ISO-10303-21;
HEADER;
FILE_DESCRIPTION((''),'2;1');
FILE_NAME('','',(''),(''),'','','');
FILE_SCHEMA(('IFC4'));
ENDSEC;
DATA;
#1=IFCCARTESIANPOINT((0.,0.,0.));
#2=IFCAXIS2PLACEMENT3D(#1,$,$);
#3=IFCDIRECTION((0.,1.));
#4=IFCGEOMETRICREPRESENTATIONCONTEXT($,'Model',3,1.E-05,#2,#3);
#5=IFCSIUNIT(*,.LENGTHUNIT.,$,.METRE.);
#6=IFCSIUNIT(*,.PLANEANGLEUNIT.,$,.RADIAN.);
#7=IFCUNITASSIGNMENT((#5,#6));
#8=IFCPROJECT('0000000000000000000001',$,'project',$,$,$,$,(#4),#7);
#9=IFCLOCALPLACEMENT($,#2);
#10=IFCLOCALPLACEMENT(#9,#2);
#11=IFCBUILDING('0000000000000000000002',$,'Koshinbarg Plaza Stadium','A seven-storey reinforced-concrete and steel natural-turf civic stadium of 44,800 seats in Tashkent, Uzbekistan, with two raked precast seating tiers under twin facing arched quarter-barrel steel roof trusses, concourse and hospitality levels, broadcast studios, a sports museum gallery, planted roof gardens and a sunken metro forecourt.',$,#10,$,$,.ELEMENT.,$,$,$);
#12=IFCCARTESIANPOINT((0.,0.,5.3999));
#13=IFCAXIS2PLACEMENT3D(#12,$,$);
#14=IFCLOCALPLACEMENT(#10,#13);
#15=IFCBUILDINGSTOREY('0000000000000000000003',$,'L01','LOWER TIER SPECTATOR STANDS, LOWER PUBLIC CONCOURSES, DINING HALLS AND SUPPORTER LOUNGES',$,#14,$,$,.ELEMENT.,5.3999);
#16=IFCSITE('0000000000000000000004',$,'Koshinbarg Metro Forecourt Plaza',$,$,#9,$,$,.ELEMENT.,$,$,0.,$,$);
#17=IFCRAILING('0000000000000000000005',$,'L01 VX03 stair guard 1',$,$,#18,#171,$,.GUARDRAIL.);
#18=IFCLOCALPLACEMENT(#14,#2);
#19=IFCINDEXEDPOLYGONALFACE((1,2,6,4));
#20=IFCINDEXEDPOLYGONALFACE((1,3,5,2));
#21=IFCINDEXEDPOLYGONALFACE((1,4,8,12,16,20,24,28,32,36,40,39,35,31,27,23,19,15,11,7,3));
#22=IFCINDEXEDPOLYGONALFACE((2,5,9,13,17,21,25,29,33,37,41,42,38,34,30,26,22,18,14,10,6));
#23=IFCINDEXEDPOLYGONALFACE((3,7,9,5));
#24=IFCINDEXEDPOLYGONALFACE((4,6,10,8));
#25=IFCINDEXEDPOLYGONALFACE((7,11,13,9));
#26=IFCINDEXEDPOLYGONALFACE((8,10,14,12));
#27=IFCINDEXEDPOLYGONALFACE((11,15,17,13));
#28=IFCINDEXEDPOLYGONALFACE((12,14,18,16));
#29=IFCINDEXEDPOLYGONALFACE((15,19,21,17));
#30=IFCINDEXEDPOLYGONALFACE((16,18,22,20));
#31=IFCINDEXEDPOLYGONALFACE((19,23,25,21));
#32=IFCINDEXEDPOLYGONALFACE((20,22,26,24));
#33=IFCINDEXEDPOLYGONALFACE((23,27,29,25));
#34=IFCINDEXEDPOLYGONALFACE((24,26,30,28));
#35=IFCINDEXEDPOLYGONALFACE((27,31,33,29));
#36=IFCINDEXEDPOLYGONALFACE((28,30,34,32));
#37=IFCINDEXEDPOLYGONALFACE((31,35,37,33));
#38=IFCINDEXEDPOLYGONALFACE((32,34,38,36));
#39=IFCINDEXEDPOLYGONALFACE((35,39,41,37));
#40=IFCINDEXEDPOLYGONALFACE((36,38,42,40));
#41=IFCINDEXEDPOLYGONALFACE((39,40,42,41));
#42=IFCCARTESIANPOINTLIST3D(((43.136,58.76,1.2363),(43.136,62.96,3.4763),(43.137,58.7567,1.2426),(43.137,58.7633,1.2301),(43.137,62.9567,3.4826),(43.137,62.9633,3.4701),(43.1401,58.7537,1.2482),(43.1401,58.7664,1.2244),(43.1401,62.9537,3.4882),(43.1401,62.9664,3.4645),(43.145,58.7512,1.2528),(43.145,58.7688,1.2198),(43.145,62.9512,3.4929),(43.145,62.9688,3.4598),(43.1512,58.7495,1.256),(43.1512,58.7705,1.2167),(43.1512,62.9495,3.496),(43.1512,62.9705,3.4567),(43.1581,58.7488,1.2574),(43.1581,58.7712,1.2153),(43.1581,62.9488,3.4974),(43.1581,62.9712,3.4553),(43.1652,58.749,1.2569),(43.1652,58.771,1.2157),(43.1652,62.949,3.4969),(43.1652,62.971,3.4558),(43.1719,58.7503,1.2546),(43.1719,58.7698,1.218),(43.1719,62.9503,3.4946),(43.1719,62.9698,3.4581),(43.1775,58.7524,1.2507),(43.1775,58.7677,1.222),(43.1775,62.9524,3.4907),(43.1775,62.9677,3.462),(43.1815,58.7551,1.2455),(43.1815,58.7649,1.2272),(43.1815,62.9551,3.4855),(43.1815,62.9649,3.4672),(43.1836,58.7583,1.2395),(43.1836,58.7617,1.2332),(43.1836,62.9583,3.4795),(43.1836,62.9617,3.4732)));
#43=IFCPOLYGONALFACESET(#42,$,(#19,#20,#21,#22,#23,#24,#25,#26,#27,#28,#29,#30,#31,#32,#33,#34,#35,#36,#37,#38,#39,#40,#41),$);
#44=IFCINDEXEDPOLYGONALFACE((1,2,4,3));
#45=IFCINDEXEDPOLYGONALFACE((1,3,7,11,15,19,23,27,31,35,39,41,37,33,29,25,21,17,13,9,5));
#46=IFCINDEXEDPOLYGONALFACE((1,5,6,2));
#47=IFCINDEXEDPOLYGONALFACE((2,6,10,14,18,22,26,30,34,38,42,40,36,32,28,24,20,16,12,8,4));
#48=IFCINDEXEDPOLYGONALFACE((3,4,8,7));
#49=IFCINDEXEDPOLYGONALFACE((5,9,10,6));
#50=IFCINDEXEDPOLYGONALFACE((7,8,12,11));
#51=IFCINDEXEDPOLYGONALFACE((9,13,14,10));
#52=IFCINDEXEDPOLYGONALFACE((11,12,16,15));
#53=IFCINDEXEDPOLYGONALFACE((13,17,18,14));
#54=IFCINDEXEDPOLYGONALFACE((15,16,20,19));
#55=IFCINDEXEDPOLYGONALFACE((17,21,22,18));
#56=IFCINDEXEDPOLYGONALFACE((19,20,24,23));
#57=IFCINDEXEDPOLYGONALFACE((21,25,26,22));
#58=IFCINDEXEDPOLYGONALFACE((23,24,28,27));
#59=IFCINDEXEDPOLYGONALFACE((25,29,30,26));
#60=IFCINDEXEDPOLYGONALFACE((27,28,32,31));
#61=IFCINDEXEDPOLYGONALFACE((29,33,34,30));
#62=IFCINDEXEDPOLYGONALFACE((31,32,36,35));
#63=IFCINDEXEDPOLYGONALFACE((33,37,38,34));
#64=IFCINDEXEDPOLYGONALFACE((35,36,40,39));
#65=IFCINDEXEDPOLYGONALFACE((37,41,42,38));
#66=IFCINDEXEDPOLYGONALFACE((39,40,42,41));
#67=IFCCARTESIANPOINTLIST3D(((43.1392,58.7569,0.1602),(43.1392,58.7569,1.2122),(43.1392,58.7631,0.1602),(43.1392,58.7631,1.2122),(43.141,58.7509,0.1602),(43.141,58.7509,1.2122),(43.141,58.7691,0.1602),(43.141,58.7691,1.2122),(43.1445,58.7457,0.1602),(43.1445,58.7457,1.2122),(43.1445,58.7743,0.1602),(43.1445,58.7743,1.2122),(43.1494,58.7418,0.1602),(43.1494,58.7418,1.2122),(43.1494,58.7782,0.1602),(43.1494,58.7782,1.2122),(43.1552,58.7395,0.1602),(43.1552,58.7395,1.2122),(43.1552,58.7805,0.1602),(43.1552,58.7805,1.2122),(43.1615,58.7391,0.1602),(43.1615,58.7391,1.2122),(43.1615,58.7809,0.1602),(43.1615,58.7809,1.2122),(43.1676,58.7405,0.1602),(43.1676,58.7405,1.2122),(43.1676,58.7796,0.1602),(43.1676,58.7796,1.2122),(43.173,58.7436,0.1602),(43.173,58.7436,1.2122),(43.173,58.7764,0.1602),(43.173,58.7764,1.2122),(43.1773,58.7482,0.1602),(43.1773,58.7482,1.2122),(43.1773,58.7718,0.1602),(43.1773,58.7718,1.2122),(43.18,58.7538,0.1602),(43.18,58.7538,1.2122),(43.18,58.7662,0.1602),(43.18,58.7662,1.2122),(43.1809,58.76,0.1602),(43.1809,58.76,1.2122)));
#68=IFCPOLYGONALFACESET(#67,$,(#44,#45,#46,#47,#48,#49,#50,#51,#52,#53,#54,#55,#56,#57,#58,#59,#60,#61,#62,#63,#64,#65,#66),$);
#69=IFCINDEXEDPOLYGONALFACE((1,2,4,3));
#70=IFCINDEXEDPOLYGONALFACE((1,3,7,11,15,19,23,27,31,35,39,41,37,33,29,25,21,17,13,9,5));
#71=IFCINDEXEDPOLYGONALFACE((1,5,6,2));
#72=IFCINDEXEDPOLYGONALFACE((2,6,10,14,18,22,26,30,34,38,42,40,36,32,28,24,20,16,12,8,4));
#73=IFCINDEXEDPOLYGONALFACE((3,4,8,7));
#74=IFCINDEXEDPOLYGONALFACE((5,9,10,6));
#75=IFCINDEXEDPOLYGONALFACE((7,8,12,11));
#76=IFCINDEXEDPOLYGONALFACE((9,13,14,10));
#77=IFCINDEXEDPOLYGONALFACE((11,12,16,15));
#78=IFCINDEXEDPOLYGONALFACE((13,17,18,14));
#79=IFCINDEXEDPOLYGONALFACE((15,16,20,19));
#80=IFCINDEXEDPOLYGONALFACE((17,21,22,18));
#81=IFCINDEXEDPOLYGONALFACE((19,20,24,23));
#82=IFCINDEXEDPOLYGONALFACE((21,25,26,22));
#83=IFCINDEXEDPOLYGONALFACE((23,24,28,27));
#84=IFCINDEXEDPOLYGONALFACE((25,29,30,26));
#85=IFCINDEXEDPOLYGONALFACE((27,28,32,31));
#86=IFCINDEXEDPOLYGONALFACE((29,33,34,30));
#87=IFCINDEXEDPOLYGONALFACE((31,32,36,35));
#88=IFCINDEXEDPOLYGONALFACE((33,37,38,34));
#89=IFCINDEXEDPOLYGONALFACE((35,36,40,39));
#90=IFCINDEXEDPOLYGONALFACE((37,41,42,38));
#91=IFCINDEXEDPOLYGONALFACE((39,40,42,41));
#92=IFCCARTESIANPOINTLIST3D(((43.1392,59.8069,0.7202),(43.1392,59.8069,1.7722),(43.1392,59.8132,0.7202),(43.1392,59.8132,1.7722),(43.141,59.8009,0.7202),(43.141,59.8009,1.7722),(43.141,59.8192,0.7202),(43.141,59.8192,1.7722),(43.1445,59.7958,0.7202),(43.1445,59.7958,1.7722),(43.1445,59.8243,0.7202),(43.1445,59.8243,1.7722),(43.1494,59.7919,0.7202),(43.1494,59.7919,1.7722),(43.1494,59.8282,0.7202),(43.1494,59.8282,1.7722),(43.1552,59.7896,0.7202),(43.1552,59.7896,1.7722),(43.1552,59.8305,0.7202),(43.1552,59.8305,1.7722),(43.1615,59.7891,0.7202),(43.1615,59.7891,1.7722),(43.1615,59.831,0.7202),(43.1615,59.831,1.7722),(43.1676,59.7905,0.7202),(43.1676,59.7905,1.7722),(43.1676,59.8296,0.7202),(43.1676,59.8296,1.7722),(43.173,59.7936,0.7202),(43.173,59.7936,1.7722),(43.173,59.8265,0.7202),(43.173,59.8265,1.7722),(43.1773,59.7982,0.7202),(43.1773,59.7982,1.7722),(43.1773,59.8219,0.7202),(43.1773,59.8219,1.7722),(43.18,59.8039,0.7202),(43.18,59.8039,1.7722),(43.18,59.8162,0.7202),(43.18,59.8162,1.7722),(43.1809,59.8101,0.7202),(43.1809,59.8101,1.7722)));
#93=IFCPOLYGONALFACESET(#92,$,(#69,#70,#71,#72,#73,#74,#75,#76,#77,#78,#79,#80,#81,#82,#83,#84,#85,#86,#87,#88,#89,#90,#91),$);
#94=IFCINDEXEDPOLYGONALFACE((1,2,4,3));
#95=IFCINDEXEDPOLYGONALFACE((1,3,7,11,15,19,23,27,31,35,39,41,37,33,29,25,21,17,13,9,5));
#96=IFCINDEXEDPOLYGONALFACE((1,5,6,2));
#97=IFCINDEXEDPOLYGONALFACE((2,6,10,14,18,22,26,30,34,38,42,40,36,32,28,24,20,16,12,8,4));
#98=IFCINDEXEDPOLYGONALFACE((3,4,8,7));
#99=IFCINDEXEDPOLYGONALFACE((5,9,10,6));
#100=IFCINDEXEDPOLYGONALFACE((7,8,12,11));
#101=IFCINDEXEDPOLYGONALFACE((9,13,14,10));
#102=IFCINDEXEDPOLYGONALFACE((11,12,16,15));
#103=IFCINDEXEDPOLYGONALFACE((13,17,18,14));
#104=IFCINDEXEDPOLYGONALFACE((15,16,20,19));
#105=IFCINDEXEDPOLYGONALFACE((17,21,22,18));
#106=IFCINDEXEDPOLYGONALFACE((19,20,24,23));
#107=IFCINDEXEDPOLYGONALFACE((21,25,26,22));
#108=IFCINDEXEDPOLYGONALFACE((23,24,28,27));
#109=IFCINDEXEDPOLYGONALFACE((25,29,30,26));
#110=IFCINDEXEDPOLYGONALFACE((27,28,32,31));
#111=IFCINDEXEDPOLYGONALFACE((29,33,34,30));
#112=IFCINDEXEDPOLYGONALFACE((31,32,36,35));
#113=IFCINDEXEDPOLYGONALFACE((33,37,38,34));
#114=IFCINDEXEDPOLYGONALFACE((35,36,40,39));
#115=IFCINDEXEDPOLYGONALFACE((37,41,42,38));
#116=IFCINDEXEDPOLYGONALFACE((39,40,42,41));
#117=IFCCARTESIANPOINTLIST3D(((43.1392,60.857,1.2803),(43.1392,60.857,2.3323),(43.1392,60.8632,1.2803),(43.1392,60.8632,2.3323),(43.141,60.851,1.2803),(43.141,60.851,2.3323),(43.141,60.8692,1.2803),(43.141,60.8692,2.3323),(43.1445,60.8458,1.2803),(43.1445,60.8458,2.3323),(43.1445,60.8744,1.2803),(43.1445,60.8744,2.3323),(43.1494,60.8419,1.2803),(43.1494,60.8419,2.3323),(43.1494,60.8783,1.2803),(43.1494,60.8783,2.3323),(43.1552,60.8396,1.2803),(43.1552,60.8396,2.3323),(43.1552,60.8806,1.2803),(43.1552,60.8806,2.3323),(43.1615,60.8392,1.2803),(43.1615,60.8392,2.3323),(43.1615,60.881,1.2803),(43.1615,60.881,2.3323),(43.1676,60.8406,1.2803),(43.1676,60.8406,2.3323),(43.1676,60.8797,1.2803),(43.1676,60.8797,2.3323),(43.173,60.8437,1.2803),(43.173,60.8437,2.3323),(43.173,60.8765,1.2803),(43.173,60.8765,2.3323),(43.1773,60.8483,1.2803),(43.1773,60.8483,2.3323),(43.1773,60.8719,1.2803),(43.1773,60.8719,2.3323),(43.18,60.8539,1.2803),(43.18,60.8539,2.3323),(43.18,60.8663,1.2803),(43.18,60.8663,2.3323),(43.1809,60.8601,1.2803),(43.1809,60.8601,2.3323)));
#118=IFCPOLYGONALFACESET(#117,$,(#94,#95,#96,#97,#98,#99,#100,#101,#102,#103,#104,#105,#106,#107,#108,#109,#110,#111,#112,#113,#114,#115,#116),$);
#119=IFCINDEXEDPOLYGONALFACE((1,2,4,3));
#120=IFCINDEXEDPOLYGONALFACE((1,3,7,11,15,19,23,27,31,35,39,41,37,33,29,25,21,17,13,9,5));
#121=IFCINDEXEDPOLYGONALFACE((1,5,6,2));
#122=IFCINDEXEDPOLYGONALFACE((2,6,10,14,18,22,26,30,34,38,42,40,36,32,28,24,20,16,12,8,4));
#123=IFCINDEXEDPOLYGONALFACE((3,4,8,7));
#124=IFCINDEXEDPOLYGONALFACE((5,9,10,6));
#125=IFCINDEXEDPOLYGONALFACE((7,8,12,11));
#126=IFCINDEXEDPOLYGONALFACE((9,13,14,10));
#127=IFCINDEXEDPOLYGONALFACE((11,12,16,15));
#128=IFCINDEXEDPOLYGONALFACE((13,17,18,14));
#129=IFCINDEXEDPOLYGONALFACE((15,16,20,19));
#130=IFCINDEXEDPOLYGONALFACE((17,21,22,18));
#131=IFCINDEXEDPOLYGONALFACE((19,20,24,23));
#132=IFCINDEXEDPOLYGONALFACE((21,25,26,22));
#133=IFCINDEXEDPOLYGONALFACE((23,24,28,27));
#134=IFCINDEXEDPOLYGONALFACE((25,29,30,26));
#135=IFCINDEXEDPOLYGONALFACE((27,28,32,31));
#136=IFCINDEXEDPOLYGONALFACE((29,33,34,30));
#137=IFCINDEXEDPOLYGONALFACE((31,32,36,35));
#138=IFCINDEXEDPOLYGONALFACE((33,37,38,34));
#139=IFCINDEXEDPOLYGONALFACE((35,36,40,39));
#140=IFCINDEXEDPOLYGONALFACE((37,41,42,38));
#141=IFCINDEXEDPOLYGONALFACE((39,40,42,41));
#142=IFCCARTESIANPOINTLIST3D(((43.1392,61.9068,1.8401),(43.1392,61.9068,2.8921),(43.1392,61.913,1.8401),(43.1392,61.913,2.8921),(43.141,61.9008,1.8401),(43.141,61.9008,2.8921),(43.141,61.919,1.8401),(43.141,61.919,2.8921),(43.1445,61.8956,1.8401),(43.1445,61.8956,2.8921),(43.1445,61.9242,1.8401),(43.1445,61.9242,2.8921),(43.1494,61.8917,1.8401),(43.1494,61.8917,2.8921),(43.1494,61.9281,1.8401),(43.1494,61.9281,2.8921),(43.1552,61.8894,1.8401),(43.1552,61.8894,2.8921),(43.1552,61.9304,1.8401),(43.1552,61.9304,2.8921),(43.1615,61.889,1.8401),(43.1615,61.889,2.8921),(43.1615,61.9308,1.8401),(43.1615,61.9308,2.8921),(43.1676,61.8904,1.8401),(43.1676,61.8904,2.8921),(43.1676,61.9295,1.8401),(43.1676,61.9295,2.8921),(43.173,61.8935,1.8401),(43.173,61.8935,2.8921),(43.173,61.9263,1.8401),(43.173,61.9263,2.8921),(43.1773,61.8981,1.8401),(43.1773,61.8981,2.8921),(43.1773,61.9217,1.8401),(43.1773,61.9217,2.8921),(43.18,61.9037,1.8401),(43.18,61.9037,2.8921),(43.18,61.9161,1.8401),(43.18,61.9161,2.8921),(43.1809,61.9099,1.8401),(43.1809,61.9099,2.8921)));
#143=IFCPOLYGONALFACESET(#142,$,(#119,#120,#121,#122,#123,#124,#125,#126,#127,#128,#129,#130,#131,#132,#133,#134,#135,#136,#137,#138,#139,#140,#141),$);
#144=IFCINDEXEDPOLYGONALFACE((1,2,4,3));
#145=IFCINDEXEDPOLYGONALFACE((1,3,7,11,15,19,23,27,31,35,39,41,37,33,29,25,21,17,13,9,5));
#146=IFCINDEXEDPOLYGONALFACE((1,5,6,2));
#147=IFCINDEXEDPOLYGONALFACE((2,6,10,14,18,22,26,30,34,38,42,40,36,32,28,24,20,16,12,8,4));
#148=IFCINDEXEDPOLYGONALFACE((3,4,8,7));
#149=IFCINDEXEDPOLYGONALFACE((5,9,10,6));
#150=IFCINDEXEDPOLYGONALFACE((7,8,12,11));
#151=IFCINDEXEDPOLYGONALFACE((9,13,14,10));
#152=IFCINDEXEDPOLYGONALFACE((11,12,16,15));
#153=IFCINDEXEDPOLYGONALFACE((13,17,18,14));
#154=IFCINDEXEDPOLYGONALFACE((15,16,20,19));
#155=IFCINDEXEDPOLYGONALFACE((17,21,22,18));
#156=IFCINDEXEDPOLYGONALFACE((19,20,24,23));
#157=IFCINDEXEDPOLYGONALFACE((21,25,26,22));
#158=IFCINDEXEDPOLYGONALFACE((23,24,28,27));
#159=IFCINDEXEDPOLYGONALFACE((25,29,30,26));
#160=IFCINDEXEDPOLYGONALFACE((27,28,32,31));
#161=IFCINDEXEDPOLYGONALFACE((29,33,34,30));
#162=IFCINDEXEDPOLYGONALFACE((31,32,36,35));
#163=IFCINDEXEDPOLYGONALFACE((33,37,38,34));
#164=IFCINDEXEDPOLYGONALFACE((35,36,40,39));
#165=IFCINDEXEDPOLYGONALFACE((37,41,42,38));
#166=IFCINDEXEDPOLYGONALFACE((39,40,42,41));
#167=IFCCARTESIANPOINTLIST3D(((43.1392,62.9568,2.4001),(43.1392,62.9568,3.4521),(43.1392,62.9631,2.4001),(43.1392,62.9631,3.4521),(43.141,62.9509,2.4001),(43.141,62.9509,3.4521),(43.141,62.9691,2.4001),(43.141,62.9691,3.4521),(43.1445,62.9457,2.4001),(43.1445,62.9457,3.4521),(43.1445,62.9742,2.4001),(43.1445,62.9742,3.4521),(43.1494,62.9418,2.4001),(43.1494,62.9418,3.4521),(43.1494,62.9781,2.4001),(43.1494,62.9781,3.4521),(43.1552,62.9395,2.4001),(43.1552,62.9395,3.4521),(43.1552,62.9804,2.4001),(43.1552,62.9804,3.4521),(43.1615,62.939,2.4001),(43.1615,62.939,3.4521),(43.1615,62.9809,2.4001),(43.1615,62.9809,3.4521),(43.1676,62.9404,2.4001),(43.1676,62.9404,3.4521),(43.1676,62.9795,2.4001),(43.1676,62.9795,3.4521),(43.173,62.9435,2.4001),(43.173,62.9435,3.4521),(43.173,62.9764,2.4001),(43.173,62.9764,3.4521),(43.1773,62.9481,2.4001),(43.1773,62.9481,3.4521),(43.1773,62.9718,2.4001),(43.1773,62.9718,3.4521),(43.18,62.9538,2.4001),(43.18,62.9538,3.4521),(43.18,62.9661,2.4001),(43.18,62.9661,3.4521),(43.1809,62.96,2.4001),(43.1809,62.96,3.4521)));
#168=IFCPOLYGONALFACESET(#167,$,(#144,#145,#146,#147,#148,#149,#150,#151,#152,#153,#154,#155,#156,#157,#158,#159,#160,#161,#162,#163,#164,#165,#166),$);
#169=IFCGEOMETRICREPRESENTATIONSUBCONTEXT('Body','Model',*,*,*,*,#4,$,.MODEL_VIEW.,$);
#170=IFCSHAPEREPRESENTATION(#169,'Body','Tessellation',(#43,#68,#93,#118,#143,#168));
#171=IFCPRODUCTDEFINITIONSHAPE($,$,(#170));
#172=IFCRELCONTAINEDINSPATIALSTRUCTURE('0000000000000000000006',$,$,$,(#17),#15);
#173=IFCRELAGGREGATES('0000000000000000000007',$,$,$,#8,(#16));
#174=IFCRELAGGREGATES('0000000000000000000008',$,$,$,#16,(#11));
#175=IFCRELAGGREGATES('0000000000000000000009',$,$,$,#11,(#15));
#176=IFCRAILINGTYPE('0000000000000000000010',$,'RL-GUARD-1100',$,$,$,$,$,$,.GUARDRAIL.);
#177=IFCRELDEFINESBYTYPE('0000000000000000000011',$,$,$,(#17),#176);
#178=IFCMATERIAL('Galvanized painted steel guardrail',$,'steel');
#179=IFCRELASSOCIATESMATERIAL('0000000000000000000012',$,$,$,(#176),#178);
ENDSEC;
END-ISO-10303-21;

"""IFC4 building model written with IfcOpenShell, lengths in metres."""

from ifc_helpers import new_model, si_unit, direction, frame, origin, origin_2d, place, context, subcontext, project, spatial, circle, extrude, material, type_object, element, save


model = new_model("IFC4")

# Units and contexts
model_context = context("Model", 3, precision=1e-05, world=origin(), true_north=direction((0.0, 1.0)))
body_context = subcontext(model_context, "Body", "Model", "MODEL_VIEW")
ifc_project = project(units=[si_unit("LENGTHUNIT", "METRE"), si_unit("PLANEANGLEUNIT", "RADIAN")], contexts=[model_context])

# Site, building, storey
site_placement = place(None, origin())
site = spatial("IfcSite", under=ifc_project, at=site_placement, Name="Koshinbarg Metro Forecourt Plaza", CompositionType="ELEMENT", RefElevation=0.0)
building_placement = place(site_placement, origin())
building = spatial("IfcBuilding", under=site, at=building_placement, Name="Koshinbarg Plaza Stadium", Description="A seven-storey reinforced-concrete and steel natural-turf civic stadium of 44,800 seats in Tashkent, Uzbekistan, with two raked precast seating tiers under twin facing arched quarter-barrel steel roof trusses, concourse and hospitality levels, broadcast studios, a sports museum gallery, planted roof gardens and a sunken metro forecourt.", CompositionType="ELEMENT")
storey_placement = place(building_placement, frame((0.0, 0.0, 5.3999)))
storey = spatial("IfcBuildingStorey", under=building, at=storey_placement, Name="L01", Description="LOWER TIER SPECTATOR STANDS, LOWER PUBLIC CONCOURSES, DINING HALLS AND SUPPORTER LOUNGES", CompositionType="ELEMENT", Elevation=5.3999)

# Railing
ifc_material_1 = material(Name="Galvanized painted steel guardrail", Category="steel")
railing_type_1 = type_object("IfcRailingType", Name="RL-GUARD-1100", PredefinedType="GUARDRAIL", material=ifc_material_1)
railing_1_placement = place(storey_placement, frame((43.1599, 58.76, 0.1602)))
element("IfcRailing", 1, at=railing_1_placement, inside=storey, type_object=railing_type_1, Name="L01 VX03 stair guard 1", PredefinedType="GUARDRAIL", context=body_context, shape_type="SweptSolid", body=[
    extrude(circle(Radius=0.0239, at=origin_2d()), frame((0.0, 0.0, 1.0762), z_axis=(0.0, 0.882352, 0.470591), x_axis=(-1.0, 0.0, 0.0)), (0.0, 0.0, 1.0), 4.76),
    extrude(circle(Radius=0.021, at=origin_2d()), origin(), (0.0, 0.0, 1.0), 1.052),
    extrude(circle(Radius=0.021, at=origin_2d()), frame((0.0, 1.05, 0.5601)), (0.0, 0.0, 1.0), 1.052),
    extrude(circle(Radius=0.021, at=origin_2d()), frame((0.0, 2.1001, 1.1201)), (0.0, 0.0, 1.0), 1.052),
    extrude(circle(Radius=0.021, at=origin_2d()), frame((0.0, 3.1499, 1.6799)), (0.0, 0.0, 1.0), 1.052),
    extrude(circle(Radius=0.021, at=origin_2d()), frame((0.0, 4.2, 2.24)), (0.0, 0.0, 1.0), 1.052),
])

save(model, "model.ifc")
